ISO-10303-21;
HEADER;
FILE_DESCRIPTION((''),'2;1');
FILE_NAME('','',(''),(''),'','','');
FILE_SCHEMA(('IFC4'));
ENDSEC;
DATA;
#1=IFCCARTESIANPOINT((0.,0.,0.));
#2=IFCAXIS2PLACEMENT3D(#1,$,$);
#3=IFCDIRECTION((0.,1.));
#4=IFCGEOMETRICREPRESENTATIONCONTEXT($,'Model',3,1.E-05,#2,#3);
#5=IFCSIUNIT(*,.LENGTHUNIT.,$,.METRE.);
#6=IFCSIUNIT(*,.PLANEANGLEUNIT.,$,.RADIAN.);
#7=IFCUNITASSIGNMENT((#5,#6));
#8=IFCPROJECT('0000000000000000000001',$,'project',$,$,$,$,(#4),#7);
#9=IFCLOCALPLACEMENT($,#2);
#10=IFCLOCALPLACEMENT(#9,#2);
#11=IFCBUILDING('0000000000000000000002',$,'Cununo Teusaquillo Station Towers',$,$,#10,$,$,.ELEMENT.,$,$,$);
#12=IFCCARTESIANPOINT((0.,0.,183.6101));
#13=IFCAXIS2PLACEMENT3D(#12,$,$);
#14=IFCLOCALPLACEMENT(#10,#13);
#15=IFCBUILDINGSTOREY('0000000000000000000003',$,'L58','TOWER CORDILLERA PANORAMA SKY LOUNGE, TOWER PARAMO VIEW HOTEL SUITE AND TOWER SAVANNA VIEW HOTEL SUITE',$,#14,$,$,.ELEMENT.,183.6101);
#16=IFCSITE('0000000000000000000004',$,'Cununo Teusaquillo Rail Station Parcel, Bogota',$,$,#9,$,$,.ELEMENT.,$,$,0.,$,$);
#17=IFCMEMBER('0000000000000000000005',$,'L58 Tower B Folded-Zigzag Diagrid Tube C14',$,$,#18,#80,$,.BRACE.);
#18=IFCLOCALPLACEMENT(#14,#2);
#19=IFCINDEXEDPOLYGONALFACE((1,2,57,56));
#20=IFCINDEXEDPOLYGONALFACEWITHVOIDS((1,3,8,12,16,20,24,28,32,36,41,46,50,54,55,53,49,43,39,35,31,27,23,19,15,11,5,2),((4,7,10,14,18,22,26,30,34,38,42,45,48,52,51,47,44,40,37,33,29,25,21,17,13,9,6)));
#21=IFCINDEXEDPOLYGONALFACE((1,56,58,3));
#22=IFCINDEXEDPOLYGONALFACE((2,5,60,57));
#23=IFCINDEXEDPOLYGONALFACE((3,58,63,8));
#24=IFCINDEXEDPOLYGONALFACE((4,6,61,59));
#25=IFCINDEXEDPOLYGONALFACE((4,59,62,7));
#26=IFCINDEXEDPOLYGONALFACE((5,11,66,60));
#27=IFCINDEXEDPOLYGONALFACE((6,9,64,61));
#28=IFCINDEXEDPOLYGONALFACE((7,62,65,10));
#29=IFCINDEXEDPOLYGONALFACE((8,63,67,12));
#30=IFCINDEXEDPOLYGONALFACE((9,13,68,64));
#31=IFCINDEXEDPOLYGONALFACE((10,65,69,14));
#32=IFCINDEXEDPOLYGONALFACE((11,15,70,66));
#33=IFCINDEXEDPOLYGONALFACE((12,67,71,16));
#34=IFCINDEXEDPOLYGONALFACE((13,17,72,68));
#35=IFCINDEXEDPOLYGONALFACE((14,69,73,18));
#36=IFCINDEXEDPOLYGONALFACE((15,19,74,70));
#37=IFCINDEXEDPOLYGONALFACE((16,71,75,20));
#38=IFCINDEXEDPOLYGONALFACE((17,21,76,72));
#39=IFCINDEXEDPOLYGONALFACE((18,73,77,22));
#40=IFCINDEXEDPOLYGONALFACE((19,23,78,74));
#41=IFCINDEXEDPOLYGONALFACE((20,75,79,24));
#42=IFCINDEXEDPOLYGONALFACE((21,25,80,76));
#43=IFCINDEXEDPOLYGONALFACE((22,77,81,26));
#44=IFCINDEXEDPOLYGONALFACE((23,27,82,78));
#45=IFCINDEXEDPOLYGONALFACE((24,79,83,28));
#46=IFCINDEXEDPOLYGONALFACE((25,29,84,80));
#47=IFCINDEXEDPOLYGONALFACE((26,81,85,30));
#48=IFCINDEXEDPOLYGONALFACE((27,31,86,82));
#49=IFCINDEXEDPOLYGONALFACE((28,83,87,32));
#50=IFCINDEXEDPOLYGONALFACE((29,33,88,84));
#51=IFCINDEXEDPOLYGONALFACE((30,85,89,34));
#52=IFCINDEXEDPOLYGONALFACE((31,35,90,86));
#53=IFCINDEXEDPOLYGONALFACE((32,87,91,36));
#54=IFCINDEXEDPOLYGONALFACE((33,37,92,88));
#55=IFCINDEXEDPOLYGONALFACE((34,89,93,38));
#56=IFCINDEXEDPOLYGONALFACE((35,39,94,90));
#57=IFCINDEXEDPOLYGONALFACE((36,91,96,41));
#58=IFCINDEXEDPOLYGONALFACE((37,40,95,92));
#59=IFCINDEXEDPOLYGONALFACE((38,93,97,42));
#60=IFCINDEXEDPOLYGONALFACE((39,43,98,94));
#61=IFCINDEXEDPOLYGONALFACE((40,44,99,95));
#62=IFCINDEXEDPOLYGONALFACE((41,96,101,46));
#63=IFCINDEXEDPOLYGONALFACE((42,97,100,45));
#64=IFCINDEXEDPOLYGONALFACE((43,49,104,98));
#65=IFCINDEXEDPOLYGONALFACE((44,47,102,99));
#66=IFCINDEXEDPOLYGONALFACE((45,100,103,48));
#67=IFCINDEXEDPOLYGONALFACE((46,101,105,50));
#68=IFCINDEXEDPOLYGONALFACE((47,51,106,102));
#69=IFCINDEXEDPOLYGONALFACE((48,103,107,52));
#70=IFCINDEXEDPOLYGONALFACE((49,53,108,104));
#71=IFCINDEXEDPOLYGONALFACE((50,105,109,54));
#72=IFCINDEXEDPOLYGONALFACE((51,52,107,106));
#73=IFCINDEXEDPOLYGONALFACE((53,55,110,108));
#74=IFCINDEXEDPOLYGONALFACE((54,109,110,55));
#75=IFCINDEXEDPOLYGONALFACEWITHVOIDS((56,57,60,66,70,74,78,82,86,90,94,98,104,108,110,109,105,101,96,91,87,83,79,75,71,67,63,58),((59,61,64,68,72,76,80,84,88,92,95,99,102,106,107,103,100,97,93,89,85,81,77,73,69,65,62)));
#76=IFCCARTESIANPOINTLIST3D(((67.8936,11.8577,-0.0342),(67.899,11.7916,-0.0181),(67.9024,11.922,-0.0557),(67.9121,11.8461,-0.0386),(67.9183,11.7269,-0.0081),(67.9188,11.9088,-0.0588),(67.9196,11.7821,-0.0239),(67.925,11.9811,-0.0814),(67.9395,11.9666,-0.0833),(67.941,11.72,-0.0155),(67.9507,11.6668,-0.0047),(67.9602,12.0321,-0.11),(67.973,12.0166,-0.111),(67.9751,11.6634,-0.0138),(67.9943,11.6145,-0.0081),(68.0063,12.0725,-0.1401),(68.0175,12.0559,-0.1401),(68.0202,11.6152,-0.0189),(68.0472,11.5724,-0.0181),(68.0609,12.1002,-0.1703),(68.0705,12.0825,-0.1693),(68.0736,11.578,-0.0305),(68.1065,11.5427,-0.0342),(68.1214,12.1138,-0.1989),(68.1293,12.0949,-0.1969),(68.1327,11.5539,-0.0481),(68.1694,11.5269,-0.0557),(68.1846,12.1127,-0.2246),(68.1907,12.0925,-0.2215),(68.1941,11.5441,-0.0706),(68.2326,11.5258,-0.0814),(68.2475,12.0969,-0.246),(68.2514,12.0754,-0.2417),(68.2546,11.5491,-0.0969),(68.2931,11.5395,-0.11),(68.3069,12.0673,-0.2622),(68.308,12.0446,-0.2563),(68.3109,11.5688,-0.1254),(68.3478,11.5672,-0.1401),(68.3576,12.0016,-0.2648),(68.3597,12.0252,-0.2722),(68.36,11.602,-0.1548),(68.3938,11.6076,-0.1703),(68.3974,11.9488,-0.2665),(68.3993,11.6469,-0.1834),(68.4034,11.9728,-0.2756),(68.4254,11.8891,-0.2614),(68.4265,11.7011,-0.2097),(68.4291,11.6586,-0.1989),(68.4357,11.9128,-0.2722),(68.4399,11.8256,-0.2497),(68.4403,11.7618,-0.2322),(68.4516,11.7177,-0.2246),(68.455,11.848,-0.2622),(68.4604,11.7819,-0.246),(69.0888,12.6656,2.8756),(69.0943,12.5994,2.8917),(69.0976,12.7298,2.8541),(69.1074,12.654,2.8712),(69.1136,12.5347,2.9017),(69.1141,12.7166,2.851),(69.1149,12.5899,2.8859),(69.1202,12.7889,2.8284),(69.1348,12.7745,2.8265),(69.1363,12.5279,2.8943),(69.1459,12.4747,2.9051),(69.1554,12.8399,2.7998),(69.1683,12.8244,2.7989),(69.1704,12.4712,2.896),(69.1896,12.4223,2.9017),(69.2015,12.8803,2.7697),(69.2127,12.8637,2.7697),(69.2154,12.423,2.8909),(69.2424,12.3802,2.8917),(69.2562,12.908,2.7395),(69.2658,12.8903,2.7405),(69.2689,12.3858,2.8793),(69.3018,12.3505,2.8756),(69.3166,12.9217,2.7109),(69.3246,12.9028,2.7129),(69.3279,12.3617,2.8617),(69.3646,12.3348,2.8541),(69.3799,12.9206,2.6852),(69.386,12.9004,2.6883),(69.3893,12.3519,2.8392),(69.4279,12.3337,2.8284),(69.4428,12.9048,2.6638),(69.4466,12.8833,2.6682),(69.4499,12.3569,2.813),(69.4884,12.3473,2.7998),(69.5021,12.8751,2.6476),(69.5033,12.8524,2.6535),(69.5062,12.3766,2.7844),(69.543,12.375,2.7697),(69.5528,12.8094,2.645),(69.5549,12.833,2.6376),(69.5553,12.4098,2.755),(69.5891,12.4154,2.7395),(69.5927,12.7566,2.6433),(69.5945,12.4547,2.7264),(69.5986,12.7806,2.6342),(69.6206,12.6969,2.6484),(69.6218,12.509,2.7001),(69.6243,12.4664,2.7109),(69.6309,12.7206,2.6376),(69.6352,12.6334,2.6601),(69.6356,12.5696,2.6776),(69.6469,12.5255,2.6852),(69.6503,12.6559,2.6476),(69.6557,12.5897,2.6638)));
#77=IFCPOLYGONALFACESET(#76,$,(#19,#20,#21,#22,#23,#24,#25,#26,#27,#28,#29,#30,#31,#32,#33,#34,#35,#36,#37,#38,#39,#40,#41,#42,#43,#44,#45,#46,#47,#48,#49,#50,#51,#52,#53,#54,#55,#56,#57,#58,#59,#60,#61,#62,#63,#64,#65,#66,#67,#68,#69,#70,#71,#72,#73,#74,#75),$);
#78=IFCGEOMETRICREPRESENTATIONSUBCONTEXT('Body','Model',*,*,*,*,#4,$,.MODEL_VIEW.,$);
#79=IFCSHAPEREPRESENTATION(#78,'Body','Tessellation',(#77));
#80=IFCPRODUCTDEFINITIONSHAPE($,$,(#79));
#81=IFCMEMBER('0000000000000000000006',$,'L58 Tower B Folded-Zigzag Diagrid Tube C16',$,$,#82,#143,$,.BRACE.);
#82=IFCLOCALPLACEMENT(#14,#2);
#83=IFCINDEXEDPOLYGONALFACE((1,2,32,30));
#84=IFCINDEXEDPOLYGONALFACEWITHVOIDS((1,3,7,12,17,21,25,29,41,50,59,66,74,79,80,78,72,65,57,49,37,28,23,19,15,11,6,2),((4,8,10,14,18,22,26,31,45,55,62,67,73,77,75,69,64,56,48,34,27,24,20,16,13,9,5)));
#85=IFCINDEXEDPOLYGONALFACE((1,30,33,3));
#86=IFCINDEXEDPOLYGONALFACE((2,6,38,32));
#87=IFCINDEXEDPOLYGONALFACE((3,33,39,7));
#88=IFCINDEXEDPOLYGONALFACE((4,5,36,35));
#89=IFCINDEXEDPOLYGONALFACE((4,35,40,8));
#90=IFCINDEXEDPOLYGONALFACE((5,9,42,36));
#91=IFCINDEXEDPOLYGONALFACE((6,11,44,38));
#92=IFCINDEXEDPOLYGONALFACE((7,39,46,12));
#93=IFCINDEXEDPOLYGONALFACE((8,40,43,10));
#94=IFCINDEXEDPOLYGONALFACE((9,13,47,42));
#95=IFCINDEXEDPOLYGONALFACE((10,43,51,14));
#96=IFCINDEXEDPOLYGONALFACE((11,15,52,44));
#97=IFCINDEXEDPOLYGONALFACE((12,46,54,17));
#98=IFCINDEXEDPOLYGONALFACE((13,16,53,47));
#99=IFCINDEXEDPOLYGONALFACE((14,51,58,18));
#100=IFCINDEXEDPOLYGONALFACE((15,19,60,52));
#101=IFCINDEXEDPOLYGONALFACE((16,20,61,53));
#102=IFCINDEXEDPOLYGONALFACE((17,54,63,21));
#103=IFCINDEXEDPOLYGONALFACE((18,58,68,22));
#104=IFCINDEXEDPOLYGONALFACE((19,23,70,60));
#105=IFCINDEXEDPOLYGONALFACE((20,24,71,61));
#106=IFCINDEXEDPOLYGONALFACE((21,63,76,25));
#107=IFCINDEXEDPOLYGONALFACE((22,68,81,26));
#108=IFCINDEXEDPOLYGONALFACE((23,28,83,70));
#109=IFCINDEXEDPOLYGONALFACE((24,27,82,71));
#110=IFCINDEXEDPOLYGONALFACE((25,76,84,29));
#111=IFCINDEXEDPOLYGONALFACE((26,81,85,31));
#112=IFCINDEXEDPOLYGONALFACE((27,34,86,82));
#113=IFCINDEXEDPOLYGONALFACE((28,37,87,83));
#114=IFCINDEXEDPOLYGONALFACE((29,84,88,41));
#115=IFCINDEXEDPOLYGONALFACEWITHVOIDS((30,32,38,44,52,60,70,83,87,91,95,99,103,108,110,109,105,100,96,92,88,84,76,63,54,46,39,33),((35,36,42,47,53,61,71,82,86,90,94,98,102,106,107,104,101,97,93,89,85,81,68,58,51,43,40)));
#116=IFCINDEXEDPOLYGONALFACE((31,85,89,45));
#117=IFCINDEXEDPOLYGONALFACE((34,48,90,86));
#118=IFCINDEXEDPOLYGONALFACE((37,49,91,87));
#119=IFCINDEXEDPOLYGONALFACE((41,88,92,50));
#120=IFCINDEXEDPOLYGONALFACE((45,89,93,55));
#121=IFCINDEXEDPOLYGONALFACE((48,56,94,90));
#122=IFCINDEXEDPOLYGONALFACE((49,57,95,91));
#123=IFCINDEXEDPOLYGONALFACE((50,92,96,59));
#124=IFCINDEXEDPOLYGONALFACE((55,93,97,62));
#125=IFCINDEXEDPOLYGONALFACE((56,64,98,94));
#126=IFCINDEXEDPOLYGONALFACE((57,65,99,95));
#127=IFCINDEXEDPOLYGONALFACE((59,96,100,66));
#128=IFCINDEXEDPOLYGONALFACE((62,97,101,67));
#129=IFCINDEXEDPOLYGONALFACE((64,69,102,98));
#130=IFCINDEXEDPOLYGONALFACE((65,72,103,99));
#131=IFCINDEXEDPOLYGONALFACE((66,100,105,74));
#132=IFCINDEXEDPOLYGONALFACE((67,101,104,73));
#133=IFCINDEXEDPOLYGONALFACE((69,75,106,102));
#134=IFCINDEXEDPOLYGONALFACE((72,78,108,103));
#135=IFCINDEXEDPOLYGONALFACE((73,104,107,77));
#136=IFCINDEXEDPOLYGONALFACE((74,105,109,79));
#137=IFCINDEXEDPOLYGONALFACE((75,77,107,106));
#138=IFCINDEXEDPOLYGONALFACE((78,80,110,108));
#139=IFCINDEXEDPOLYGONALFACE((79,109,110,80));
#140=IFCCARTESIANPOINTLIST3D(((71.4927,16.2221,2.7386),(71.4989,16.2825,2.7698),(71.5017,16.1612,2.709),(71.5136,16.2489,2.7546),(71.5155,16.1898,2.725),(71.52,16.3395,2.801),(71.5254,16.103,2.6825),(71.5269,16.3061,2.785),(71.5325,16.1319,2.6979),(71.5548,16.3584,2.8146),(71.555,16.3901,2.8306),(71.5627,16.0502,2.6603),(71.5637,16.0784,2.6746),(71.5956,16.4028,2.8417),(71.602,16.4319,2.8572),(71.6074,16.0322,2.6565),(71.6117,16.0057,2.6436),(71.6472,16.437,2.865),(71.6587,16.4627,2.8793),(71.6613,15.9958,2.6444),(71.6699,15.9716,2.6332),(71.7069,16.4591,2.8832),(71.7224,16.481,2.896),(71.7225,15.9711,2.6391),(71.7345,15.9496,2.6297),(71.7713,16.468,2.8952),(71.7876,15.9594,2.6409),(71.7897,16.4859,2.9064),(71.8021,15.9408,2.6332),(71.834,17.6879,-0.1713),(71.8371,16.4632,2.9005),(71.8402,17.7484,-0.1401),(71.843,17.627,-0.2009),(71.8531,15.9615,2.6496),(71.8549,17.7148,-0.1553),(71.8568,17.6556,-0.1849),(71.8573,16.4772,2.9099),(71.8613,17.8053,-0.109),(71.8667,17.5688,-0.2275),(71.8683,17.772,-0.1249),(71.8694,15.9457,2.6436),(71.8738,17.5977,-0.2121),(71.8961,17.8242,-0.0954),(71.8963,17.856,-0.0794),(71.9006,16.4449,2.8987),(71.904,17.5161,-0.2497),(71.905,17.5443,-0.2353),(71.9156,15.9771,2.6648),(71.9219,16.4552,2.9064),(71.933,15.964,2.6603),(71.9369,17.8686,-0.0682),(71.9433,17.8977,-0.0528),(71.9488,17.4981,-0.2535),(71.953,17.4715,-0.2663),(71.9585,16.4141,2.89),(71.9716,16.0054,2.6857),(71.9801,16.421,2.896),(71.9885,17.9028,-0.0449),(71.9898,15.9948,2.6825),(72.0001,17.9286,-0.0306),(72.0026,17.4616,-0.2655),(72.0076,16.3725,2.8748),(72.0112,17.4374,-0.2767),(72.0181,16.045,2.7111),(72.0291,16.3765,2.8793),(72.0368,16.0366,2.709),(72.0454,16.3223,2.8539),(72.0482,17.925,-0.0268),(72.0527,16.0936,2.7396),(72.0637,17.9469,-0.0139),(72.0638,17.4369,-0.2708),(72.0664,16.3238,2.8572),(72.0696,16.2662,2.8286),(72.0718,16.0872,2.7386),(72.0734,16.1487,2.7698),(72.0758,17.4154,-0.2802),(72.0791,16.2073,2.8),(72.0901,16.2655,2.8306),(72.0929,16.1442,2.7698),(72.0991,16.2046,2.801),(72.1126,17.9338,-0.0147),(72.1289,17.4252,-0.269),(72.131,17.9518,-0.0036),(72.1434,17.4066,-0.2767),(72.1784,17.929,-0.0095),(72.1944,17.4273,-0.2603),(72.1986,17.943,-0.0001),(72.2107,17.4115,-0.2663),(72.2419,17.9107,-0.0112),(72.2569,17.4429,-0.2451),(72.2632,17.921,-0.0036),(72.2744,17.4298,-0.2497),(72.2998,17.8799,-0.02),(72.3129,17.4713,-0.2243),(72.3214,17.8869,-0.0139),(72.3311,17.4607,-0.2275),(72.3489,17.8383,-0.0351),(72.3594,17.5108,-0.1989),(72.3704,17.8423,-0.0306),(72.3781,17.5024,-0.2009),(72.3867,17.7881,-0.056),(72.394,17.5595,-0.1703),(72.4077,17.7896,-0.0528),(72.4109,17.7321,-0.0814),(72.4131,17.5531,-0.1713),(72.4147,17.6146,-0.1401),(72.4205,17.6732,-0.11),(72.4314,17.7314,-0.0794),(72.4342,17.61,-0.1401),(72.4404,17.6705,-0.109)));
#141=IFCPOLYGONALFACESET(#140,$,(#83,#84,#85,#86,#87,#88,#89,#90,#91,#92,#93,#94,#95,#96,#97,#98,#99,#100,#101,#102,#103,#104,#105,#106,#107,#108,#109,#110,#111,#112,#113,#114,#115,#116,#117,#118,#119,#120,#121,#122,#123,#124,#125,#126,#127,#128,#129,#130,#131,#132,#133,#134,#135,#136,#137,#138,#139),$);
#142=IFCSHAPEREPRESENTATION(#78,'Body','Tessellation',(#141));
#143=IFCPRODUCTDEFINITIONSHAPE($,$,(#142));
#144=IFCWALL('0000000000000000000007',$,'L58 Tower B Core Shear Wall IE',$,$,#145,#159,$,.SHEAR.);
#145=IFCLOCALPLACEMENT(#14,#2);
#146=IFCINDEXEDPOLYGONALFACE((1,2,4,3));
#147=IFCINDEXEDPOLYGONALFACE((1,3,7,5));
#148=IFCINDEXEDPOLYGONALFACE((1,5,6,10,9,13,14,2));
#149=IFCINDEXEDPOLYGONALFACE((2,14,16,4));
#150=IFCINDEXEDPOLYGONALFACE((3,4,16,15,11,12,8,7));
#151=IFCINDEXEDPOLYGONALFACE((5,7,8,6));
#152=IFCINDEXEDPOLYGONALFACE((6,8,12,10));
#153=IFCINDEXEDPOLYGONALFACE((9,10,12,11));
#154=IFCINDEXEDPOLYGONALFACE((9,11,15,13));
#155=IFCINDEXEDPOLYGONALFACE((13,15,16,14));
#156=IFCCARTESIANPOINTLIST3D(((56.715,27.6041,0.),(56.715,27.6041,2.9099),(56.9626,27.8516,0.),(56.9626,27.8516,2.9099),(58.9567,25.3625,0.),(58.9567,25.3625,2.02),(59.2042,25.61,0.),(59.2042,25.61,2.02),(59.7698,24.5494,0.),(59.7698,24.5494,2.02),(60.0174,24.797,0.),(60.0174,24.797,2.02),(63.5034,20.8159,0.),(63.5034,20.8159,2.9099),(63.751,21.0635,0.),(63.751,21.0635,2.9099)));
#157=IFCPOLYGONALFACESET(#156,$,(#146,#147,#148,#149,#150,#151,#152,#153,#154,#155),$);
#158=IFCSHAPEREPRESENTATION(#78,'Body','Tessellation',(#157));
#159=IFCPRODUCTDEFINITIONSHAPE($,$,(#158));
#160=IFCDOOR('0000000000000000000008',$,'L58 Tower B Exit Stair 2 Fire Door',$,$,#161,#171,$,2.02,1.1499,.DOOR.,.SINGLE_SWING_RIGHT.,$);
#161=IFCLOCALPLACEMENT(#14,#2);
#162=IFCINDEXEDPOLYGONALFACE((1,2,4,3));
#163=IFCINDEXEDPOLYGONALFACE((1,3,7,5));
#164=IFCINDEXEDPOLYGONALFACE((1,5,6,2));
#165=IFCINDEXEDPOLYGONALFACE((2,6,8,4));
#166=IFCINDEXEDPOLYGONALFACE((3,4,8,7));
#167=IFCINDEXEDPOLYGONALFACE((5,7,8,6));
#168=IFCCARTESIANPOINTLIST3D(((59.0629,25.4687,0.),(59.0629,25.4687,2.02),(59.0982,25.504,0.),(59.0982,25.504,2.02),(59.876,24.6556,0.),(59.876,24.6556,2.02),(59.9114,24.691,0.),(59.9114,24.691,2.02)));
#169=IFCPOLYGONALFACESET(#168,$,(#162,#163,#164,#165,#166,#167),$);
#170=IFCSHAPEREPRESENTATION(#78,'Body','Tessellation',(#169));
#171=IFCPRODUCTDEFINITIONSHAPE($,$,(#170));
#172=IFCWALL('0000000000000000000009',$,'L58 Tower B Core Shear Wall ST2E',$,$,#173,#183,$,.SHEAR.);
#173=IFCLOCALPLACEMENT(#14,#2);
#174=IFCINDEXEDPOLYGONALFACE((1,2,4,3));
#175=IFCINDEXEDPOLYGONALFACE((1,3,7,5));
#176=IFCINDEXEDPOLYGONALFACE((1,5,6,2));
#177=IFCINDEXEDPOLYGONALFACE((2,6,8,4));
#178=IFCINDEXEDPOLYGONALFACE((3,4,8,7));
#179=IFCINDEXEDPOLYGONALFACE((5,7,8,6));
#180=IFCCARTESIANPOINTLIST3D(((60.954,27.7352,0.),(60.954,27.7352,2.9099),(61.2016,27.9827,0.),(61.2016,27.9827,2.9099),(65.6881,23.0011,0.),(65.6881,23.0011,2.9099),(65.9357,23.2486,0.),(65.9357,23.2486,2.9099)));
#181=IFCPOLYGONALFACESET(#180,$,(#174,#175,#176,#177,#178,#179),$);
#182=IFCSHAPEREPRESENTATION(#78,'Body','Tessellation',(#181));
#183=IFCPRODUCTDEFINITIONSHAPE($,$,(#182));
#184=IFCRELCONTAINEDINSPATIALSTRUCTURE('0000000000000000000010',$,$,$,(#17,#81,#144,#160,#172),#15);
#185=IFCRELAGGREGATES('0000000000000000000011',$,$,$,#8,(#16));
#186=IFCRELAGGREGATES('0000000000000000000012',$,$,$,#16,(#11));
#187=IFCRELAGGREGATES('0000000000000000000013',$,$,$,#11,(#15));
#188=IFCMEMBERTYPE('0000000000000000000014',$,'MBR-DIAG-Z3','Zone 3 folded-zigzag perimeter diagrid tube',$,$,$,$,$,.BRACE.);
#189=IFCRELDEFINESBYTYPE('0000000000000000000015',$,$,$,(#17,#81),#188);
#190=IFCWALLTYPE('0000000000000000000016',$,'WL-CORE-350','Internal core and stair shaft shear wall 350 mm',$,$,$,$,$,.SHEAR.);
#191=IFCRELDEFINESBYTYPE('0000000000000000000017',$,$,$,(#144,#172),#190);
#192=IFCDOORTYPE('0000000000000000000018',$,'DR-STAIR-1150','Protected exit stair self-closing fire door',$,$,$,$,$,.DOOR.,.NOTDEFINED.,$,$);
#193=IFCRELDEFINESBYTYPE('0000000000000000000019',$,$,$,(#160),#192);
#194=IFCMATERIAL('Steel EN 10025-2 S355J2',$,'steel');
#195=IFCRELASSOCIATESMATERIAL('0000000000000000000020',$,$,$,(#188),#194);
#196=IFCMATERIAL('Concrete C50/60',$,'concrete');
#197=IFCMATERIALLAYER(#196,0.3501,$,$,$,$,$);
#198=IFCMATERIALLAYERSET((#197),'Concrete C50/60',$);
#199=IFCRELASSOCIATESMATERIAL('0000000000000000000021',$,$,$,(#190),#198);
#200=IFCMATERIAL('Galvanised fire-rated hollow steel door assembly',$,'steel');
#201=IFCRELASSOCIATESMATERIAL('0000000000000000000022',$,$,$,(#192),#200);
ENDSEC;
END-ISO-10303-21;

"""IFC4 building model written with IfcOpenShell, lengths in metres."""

from ifc_helpers import new_model, si_unit, direction, frame, frame_2d, origin, origin_2d, place, context, subcontext, project, spatial, rectangle, hollow_circle, extrude, source, transform, mapped, material, layer, layer_set, material_profile, profile_set, type_object, element, fill, save


model = new_model("IFC4")

# Units and contexts
model_context = context("Model", 3, precision=1e-05, world=origin(), true_north=direction((0.0, 1.0)))
body_context = subcontext(model_context, "Body", "Model", "MODEL_VIEW")
ifc_project = project(units=[si_unit("LENGTHUNIT", "METRE"), si_unit("PLANEANGLEUNIT", "RADIAN")], contexts=[model_context])

# Site, building, storey
site_placement = place(None, origin())
site = spatial("IfcSite", under=ifc_project, at=site_placement, Name="Cununo Teusaquillo Rail Station Parcel, Bogota", CompositionType="ELEMENT", RefElevation=0.0)
building_placement = place(site_placement, origin())
building = spatial("IfcBuilding", under=site, at=building_placement, Name="Cununo Teusaquillo Station Towers", CompositionType="ELEMENT")
storey_placement = place(building_placement, frame((0.0, 0.0, 183.6101)))
storey = spatial("IfcBuildingStorey", under=building, at=storey_placement, Name="L58", Description="TOWER CORDILLERA PANORAMA SKY LOUNGE, TOWER PARAMO VIEW HOTEL SUITE AND TOWER SAVANNA VIEW HOTEL SUITE", CompositionType="ELEMENT", Elevation=183.6101)

# Members
ifc_material_1 = material(Name="Steel EN 10025-2 S355J2", Category="steel")
ifc_material_profile_1 = material_profile(ifc_material_1, hollow_circle(Radius=0.3049, WallThickness=0.02, at=origin_2d()), Name="CHS 610x20")
ifc_profile_set_1 = profile_set([ifc_material_profile_1], Name="Steel EN 10025-2 S355J2")
member_type = type_object("IfcMemberType", Name="MBR-DIAG-Z3", Description="Zone 3 folded-zigzag perimeter diagrid tube", PredefinedType="BRACE", material=ifc_profile_set_1)
member_1_placement = place(storey_placement, frame((68.177, 11.8198, -0.1401), z_axis=(0.368024, 0.248732, 0.89593), x_axis=(-0.559961, 0.828519, 0.0)))
element("IfcMember", 1, at=member_1_placement, inside=storey, type_object=member_type, Name="L58 Tower B Folded-Zigzag Diagrid Tube C14", PredefinedType="BRACE", context=body_context, shape_type="SweptSolid", body=[
    extrude(hollow_circle(Radius=0.3049, WallThickness=0.02, at=origin_2d()), origin(), (0.0, 0.0, 1.0), 3.2478),
])
member_2_placement = place(storey_placement, frame((72.1372, 17.6792, -0.1401), z_axis=(-0.104182, -0.447431, 0.888229), x_axis=(0.973946, -0.226778, 0.0)))
element("IfcMember", 2, at=member_2_placement, inside=storey, type_object=member_type, Name="L58 Tower B Folded-Zigzag Diagrid Tube C16", PredefinedType="BRACE", context=body_context, shape_type="SweptSolid", body=[
    extrude(hollow_circle(Radius=0.3049, WallThickness=0.02, at=origin_2d()), origin(), (0.0, 0.0, 1.0), 3.2761),
])

# Wall, opening, door
ifc_material_2 = material(Name="Concrete C50/60", Category="concrete")
ifc_layer_1 = layer(ifc_material_2, 0.3501)
ifc_layer_set_1 = layer_set([ifc_layer_1], Name="Concrete C50/60")
wall_type_1 = type_object("IfcWallType", Name="WL-CORE-350", Description="Internal core and stair shaft shear wall 350 mm", PredefinedType="SHEAR", material=ifc_layer_set_1)
wall_1_placement = place(storey_placement, frame((63.6272, 20.9397, 0.0), z_axis=(0.0, 0.0, 1.0), x_axis=(-0.707119, 0.707094, 0.0)))
wall_1 = element("IfcWall", 3, at=wall_1_placement, inside=storey, type_object=wall_type_1, Name="L58 Tower B Core Shear Wall IE", PredefinedType="SHEAR", context=body_context, shape_type="SweptSolid", body=[
    extrude(rectangle(XDim=9.6001, YDim=0.3501, at=frame_2d((4.8, 0.0))), origin(), (0.0, 0.0, 1.0), 2.9099),
])
shared_shape_1 = source(origin(), body_context, "Body", "SweptSolid", [
    extrude(rectangle(XDim=1.1499, YDim=2.02, at=frame_2d((0.575, 1.01))), frame((0.0, 0.1851, 0.0), z_axis=(0.0, -1.0, 0.0), x_axis=(1.0, 0.0, 0.0)), (0.0, 0.0, 1.0), 0.3701),
])
opening_1_placement = place(wall_1_placement, frame((5.28, 0.0, 0.0)))
opening_1 = element("IfcOpeningElement", 4, at=opening_1_placement, cuts=wall_1, PredefinedType="OPENING", context=body_context, shape_type="MappedRepresentation", body=[
    mapped(shared_shape_1, transform((0.0, 0.0, 0.0), x_axis=(1.0, 0.0, 0.0), y_axis=(0.0, 1.0, 0.0), z_axis=(0.0, 0.0, 1.0), scale=1.0)),
])
ifc_material_3 = material(Name="Galvanised fire-rated hollow steel door assembly", Category="steel")
door_type_1 = type_object("IfcDoorType", Name="DR-STAIR-1150", Description="Protected exit stair self-closing fire door", OperationType="NOTDEFINED", PredefinedType="DOOR", material=ifc_material_3)
shared_shape_2 = source(origin(), body_context, "Body", "SweptSolid", [
    extrude(rectangle(XDim=1.1499, YDim=2.02, at=frame_2d((0.575, 1.01))), frame((0.0, 0.0249, 0.0), z_axis=(0.0, -1.0, 0.0), x_axis=(1.0, 0.0, 0.0)), (0.0, 0.0, 1.0), 0.05),
])
door_1_placement = place(opening_1_placement, origin())
door_1 = element("IfcDoor", 5, at=door_1_placement, inside=storey, type_object=door_type_1, Name="L58 Tower B Exit Stair 2 Fire Door", OperationType="SINGLE_SWING_RIGHT", OverallHeight=2.02, OverallWidth=1.1499, PredefinedType="DOOR", context=body_context, shape_type="MappedRepresentation", body=[
    mapped(shared_shape_2, transform((0.0, 0.0, 0.0), x_axis=(1.0, 0.0, 0.0), y_axis=(0.0, 1.0, 0.0), z_axis=(0.0, 0.0, 1.0), scale=1.0)),
])
fill(opening_1, door_1)

# Wall
wall_2_placement = place(storey_placement, frame((65.812, 23.1248, 0.0), z_axis=(0.0, 0.0, 1.0), x_axis=(-0.707107, 0.707107, 0.0)))
element("IfcWall", 6, at=wall_2_placement, inside=storey, type_object=wall_type_1, Name="L58 Tower B Core Shear Wall ST2E", PredefinedType="SHEAR", context=body_context, shape_type="SweptSolid", body=[
    extrude(rectangle(XDim=6.6951, YDim=0.3501, at=frame_2d((3.3477, 0.0))), origin(), (0.0, 0.0, 1.0), 2.9099),
])

save(model, "model.ifc")
